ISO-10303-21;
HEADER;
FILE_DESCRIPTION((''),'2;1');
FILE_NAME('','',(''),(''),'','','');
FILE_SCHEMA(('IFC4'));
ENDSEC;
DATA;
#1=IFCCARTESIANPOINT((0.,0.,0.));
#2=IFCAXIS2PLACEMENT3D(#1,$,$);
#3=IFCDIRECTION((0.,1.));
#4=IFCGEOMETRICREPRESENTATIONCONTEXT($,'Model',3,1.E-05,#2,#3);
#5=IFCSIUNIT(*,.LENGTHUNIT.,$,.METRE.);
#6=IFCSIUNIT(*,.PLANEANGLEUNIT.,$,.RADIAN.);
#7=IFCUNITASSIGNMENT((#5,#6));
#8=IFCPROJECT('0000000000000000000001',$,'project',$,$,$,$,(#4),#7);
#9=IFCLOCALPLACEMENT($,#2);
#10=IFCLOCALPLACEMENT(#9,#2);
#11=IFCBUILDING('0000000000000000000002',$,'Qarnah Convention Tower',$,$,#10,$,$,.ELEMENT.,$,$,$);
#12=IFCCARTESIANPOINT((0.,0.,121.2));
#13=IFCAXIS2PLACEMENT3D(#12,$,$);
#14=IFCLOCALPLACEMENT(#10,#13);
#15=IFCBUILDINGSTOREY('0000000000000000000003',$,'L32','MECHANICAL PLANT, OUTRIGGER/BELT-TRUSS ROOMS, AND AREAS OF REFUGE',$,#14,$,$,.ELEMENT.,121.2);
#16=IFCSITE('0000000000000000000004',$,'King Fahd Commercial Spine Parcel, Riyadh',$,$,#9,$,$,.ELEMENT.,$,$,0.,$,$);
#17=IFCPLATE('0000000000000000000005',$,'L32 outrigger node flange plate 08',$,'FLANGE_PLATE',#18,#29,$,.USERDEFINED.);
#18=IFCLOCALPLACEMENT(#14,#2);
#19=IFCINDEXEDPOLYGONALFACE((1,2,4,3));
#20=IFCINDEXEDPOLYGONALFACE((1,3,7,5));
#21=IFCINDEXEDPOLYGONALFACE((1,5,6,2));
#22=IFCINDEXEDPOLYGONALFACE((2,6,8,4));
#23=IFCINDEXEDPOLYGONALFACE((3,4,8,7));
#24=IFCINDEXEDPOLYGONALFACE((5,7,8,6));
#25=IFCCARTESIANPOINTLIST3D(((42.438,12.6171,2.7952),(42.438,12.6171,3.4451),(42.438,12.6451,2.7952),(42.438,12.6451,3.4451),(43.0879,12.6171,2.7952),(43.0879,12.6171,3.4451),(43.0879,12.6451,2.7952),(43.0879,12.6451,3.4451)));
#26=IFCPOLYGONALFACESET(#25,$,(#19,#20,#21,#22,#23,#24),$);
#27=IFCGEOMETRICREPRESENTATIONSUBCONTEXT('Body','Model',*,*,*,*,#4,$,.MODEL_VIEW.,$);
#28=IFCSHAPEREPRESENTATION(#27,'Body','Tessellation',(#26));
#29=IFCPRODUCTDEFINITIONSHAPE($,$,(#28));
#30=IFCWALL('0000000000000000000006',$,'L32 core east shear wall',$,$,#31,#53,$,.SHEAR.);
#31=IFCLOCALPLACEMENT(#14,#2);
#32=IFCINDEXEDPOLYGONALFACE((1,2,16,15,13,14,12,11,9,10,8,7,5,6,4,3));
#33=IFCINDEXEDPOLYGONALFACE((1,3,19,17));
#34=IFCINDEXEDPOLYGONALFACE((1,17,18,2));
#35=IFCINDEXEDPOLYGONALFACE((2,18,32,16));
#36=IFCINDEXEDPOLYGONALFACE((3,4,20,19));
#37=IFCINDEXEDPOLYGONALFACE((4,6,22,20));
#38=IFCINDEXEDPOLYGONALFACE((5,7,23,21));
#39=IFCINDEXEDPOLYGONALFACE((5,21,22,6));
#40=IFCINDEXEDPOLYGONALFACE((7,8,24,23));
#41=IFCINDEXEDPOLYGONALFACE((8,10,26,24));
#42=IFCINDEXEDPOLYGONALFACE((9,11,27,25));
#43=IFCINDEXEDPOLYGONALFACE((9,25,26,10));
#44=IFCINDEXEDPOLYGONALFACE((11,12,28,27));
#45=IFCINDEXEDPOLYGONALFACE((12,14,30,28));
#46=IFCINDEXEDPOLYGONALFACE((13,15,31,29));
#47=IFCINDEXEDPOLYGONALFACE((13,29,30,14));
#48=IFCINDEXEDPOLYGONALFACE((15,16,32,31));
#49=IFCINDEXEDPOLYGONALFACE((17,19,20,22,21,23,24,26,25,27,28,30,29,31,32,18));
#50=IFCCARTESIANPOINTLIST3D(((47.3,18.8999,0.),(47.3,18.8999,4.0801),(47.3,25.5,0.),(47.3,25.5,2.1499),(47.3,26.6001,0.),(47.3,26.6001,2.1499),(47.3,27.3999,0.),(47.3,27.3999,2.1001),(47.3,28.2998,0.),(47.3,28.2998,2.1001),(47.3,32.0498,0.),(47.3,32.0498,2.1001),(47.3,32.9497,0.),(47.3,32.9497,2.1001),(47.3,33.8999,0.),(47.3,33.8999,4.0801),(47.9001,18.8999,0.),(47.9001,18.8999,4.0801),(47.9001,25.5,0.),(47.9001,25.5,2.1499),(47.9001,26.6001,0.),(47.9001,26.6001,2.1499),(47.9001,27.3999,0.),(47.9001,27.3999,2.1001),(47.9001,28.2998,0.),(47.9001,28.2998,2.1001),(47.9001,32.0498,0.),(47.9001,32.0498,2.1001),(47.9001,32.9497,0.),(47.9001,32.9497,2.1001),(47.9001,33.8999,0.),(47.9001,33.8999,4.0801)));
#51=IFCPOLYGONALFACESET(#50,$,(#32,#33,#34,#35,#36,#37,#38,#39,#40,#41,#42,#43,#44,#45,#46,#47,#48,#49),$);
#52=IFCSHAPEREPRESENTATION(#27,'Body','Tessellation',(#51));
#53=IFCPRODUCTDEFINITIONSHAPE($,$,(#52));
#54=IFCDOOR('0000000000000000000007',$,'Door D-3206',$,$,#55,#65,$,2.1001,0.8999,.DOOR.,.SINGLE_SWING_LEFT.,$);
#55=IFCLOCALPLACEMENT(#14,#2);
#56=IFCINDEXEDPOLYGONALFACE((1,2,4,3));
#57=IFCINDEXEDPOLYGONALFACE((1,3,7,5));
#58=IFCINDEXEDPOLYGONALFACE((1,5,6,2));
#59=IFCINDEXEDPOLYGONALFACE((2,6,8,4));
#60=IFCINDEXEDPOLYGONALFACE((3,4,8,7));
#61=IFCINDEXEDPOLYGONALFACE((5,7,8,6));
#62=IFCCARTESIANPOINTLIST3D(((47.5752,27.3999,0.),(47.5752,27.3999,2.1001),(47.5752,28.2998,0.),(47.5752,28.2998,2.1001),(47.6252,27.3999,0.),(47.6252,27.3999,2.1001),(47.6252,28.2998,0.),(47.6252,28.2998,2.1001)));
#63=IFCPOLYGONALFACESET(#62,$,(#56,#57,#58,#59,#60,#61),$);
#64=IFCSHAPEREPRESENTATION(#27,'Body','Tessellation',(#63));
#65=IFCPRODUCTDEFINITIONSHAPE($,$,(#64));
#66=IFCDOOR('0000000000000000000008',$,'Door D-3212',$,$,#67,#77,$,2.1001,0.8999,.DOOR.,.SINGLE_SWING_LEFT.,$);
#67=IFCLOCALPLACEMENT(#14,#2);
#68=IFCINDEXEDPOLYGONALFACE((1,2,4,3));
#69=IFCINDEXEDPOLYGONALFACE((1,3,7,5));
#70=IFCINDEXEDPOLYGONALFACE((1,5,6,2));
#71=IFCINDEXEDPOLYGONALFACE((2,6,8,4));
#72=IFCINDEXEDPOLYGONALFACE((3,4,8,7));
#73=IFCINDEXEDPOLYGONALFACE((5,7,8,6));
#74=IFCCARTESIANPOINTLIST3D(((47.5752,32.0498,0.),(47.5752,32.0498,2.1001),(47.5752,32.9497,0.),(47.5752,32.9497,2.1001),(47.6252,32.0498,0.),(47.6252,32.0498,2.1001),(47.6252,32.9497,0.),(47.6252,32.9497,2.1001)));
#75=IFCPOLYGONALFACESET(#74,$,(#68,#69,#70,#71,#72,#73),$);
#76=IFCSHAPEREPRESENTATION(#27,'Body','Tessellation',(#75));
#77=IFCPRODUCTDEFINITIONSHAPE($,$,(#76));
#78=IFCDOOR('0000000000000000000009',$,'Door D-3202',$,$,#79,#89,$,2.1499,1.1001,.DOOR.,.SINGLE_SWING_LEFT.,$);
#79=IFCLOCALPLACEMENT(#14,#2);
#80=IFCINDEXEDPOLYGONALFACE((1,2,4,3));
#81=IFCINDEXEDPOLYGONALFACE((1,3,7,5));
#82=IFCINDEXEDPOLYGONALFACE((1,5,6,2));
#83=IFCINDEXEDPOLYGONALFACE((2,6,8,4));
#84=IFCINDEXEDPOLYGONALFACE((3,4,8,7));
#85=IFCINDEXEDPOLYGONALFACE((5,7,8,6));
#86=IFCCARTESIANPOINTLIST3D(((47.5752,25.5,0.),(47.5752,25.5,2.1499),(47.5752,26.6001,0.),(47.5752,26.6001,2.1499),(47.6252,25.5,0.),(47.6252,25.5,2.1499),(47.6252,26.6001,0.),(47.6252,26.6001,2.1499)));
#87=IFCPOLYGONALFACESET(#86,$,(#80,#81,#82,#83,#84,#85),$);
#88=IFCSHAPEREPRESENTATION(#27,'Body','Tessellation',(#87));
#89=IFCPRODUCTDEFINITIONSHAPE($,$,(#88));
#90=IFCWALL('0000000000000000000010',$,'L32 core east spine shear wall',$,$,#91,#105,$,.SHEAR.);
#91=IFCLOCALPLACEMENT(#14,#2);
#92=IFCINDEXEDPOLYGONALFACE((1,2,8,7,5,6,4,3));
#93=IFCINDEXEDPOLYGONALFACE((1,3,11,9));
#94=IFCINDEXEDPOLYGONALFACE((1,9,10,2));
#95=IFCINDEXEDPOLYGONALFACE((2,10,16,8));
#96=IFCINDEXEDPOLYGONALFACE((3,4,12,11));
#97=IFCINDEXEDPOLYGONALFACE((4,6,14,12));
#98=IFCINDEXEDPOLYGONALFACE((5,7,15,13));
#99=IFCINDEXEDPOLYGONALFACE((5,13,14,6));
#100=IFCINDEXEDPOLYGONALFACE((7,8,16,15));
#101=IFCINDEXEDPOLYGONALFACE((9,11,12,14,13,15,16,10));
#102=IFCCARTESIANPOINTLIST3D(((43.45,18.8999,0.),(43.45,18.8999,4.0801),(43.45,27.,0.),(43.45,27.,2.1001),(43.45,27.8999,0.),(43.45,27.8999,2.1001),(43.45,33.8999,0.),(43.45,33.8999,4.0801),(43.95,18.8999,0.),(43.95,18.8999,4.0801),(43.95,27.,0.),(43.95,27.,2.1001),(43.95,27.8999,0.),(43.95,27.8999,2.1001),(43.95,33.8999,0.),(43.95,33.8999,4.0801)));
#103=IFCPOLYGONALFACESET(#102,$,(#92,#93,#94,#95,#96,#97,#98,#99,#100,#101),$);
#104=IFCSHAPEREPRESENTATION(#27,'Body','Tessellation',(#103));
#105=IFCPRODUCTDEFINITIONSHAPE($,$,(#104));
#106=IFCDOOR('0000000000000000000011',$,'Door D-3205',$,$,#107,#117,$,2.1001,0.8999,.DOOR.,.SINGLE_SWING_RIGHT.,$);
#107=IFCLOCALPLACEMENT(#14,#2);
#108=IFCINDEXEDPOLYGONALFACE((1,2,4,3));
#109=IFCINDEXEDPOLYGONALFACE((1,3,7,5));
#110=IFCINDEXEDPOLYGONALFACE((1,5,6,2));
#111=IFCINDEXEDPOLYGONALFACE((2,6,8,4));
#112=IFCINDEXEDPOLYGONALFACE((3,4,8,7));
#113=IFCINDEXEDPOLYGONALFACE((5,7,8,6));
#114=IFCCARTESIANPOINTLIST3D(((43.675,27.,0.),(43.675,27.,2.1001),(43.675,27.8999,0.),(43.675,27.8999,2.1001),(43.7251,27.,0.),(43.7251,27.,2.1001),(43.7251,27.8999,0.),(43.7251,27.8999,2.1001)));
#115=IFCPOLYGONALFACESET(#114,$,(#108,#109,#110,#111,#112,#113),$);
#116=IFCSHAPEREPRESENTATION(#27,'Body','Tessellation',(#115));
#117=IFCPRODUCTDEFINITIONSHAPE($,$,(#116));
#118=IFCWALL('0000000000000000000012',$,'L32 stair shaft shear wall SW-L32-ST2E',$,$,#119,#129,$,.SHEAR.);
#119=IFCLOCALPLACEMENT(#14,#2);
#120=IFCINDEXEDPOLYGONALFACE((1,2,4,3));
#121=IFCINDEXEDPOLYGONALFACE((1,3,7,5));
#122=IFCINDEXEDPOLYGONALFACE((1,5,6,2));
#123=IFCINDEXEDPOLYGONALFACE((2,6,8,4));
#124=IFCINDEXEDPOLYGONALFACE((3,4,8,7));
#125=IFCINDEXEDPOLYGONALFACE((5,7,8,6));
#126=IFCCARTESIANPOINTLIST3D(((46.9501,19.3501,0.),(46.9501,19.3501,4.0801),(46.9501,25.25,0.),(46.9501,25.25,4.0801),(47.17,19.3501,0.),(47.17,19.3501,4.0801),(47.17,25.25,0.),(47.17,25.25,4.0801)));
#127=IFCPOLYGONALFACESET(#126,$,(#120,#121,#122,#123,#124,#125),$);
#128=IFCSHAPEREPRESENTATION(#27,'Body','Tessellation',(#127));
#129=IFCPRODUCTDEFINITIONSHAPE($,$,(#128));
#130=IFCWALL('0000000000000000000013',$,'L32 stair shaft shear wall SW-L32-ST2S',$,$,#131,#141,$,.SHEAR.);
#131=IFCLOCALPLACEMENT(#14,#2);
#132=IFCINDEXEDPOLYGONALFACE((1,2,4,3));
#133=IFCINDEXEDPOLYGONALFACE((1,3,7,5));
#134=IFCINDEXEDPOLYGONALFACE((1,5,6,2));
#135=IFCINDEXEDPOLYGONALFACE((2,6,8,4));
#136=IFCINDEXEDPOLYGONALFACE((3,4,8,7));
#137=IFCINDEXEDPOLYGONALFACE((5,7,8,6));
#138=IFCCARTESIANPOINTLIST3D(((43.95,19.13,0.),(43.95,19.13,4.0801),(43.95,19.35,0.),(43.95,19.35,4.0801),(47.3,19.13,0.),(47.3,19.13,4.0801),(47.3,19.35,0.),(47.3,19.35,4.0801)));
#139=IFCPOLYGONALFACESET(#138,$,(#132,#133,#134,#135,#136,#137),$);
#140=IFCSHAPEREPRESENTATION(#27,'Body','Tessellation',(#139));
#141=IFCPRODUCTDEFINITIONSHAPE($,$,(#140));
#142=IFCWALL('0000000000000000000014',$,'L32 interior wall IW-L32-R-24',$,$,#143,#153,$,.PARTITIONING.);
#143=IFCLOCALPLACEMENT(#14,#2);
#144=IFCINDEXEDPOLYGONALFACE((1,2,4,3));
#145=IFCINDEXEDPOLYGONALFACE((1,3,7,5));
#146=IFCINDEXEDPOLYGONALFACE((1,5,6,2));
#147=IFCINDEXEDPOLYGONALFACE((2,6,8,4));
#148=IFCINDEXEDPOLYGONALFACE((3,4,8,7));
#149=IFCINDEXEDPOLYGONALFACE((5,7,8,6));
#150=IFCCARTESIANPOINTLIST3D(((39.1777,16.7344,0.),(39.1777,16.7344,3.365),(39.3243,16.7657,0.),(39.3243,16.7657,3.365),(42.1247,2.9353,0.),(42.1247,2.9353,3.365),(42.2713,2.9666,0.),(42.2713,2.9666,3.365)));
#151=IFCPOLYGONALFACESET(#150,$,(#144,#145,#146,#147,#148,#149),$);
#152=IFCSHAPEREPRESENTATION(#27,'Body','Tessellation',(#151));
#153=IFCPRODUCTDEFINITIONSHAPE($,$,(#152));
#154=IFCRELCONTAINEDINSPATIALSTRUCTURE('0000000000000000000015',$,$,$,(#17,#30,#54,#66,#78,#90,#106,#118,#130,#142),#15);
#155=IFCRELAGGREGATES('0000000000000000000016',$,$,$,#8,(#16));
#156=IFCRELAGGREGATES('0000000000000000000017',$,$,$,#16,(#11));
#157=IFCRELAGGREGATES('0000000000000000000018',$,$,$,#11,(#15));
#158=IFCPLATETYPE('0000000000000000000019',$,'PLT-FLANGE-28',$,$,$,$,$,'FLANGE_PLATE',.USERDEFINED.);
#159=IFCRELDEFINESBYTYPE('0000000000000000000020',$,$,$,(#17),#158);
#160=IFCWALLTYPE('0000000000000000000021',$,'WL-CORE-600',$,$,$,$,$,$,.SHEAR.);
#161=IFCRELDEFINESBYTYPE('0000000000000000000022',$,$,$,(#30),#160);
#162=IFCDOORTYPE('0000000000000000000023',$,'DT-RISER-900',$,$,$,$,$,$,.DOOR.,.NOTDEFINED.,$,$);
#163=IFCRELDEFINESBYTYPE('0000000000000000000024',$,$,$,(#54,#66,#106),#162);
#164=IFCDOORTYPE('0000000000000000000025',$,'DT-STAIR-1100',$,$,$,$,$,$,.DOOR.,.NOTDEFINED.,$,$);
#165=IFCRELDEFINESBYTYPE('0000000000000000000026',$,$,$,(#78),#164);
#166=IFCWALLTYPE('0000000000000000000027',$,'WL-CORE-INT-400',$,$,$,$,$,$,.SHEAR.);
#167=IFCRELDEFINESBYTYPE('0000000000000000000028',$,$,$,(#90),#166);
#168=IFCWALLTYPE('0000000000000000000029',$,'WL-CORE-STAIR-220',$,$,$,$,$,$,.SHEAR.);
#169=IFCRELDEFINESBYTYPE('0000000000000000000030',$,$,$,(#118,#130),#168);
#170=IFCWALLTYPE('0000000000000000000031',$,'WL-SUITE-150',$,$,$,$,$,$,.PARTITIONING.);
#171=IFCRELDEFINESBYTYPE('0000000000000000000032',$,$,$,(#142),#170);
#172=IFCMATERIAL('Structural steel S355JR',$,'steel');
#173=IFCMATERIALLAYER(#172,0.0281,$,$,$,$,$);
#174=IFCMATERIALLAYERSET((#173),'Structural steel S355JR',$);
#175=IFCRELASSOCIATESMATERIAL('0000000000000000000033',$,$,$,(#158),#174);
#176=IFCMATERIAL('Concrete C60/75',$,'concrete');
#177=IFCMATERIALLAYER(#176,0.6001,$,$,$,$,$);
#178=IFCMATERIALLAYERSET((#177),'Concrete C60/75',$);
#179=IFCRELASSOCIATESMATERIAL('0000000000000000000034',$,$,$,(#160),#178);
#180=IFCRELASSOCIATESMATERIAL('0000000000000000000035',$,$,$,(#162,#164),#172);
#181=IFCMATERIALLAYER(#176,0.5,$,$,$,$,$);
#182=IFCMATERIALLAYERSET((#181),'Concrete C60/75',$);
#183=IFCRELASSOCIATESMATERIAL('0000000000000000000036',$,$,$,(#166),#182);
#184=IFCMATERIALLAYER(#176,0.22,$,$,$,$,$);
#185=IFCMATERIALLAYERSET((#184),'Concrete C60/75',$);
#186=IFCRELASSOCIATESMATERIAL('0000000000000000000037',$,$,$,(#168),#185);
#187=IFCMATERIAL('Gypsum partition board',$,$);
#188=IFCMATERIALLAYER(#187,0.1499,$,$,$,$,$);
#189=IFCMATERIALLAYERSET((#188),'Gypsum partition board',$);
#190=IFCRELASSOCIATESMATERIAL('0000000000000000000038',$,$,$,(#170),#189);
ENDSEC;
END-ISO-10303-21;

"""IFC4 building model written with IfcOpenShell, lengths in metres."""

from ifc_helpers import new_model, si_unit, direction, frame, frame_2d, origin, origin_2d, place, context, subcontext, project, spatial, rectangle, extrude, material, layer, layer_set, type_object, element, fill, save


model = new_model("IFC4")

# Units and contexts
model_context = context("Model", 3, precision=1e-05, world=origin(), true_north=direction((0.0, 1.0)))
body_context = subcontext(model_context, "Body", "Model", "MODEL_VIEW")
ifc_project = project(units=[si_unit("LENGTHUNIT", "METRE"), si_unit("PLANEANGLEUNIT", "RADIAN")], contexts=[model_context])

# Site, building, storey
site_placement = place(None, origin())
site = spatial("IfcSite", under=ifc_project, at=site_placement, Name="King Fahd Commercial Spine Parcel, Riyadh", CompositionType="ELEMENT", RefElevation=0.0)
building_placement = place(site_placement, origin())
building = spatial("IfcBuilding", under=site, at=building_placement, Name="Qarnah Convention Tower", CompositionType="ELEMENT")
storey_placement = place(building_placement, frame((0.0, 0.0, 121.2)))
storey = spatial("IfcBuildingStorey", under=building, at=storey_placement, Name="L32", Description="MECHANICAL PLANT, OUTRIGGER/BELT-TRUSS ROOMS, AND AREAS OF REFUGE", CompositionType="ELEMENT", Elevation=121.2)

# Shared definitions
ifc_material_1 = material(Name="Concrete C60/75", Category="concrete")

# Shared definitions
ifc_material_2 = material(Name="Structural steel S355JR", Category="steel")

# Plate
ifc_layer_1 = layer(ifc_material_2, 0.0281)
ifc_layer_set_1 = layer_set([ifc_layer_1], Name="Structural steel S355JR")
plate_type = type_object("IfcPlateType", Name="PLT-FLANGE-28", ElementType="FLANGE_PLATE", PredefinedType="USERDEFINED", material=ifc_layer_set_1)
plate_placement = place(storey_placement, frame((42.7629, 12.6311, 2.7952), z_axis=(0.0, 0.0, 1.0), x_axis=(1.0, 0.0, 0.0)))
element("IfcPlate", 1, at=plate_placement, inside=storey, type_object=plate_type, Name="L32 outrigger node flange plate 08", ObjectType="FLANGE_PLATE", PredefinedType="USERDEFINED", context=body_context, shape_type="SweptSolid", body=[
    extrude(rectangle(XDim=0.6499, YDim=0.0281, at=origin_2d()), origin(), (0.0, 0.0, 1.0), 0.6499),
])

# Wall, openings, doors
ifc_layer_2 = layer(ifc_material_1, 0.6001)
ifc_layer_set_2 = layer_set([ifc_layer_2], Name="Concrete C60/75")
wall_type_1 = type_object("IfcWallType", Name="WL-CORE-600", PredefinedType="SHEAR", material=ifc_layer_set_2)
wall_1_placement = place(storey_placement, frame((47.6001, 18.8999, 0.0), z_axis=(0.0, 0.0, 1.0), x_axis=(0.0, 1.0, 0.0)))
wall_1 = element("IfcWall", 2, at=wall_1_placement, inside=storey, type_object=wall_type_1, Name="L32 core east shear wall", PredefinedType="SHEAR", context=body_context, shape_type="SweptSolid", body=[
    extrude(rectangle(XDim=15.0, YDim=0.6001, at=frame_2d((7.5, 0.0))), origin(), (0.0, 0.0, 1.0), 4.0801),
])
opening_1_placement = place(wall_1_placement, frame((6.6001, 0.0, 0.0)))
opening_1 = element("IfcOpeningElement", 3, at=opening_1_placement, cuts=wall_1, PredefinedType="OPENING", context=body_context, shape_type="SweptSolid", body=[
    extrude(rectangle(XDim=1.1001, YDim=2.1499, at=frame_2d((0.55, 1.075))), frame((0.0, 0.3101, 0.0), z_axis=(0.0, -1.0, 0.0), x_axis=(1.0, 0.0, 0.0)), (0.0, 0.0, 1.0), 0.6201),
])
opening_2_placement = place(wall_1_placement, frame((8.5, 0.0, 0.0)))
opening_2 = element("IfcOpeningElement", 4, at=opening_2_placement, cuts=wall_1, PredefinedType="OPENING", context=body_context, shape_type="SweptSolid", body=[
    extrude(rectangle(XDim=0.8999, YDim=2.1001, at=frame_2d((0.45, 1.05))), frame((0.0, 0.3101, 0.0), z_axis=(0.0, -1.0, 0.0), x_axis=(1.0, 0.0, 0.0)), (0.0, 0.0, 1.0), 0.6201),
])
opening_3_placement = place(wall_1_placement, frame((13.1499, 0.0, 0.0)))
opening_3 = element("IfcOpeningElement", 5, at=opening_3_placement, cuts=wall_1, PredefinedType="OPENING", context=body_context, shape_type="SweptSolid", body=[
    extrude(rectangle(XDim=0.8999, YDim=2.1001, at=frame_2d((0.45, 1.05))), frame((0.0, 0.3101, 0.0), z_axis=(0.0, -1.0, 0.0), x_axis=(1.0, 0.0, 0.0)), (0.0, 0.0, 1.0), 0.6201),
])
door_type_1 = type_object("IfcDoorType", Name="DT-RISER-900", OperationType="NOTDEFINED", PredefinedType="DOOR", material=ifc_material_2)
door_1_placement = place(opening_2_placement, origin())
door_1 = element("IfcDoor", 6, at=door_1_placement, inside=storey, type_object=door_type_1, Name="Door D-3206", OperationType="SINGLE_SWING_LEFT", OverallHeight=2.1001, OverallWidth=0.8999, PredefinedType="DOOR", context=body_context, shape_type="SweptSolid", body=[
    extrude(rectangle(XDim=0.8999, YDim=2.1001, at=frame_2d((0.45, 1.05))), frame((0.0, 0.0249, 0.0), z_axis=(0.0, -1.0, 0.0), x_axis=(1.0, 0.0, 0.0)), (0.0, 0.0, 1.0), 0.05),
])
fill(opening_2, door_1)
door_2_placement = place(opening_3_placement, origin())
door_2 = element("IfcDoor", 7, at=door_2_placement, inside=storey, type_object=door_type_1, Name="Door D-3212", OperationType="SINGLE_SWING_LEFT", OverallHeight=2.1001, OverallWidth=0.8999, PredefinedType="DOOR", context=body_context, shape_type="SweptSolid", body=[
    extrude(rectangle(XDim=0.8999, YDim=2.1001, at=frame_2d((0.45, 1.05))), frame((0.0, 0.0249, 0.0), z_axis=(0.0, -1.0, 0.0), x_axis=(1.0, 0.0, 0.0)), (0.0, 0.0, 1.0), 0.05),
])
fill(opening_3, door_2)
door_type_2 = type_object("IfcDoorType", Name="DT-STAIR-1100", OperationType="NOTDEFINED", PredefinedType="DOOR", material=ifc_material_2)
door_3_placement = place(opening_1_placement, origin())
door_3 = element("IfcDoor", 8, at=door_3_placement, inside=storey, type_object=door_type_2, Name="Door D-3202", OperationType="SINGLE_SWING_LEFT", OverallHeight=2.1499, OverallWidth=1.1001, PredefinedType="DOOR", context=body_context, shape_type="SweptSolid", body=[
    extrude(rectangle(XDim=1.1001, YDim=2.1499, at=frame_2d((0.55, 1.075))), frame((0.0, 0.0249, 0.0), z_axis=(0.0, -1.0, 0.0), x_axis=(1.0, 0.0, 0.0)), (0.0, 0.0, 1.0), 0.05),
])
fill(opening_1, door_3)

# Wall, opening, door
ifc_layer_3 = layer(ifc_material_1, 0.5)
ifc_layer_set_3 = layer_set([ifc_layer_3], Name="Concrete C60/75")
wall_type_2 = type_object("IfcWallType", Name="WL-CORE-INT-400", PredefinedType="SHEAR", material=ifc_layer_set_3)
wall_2_placement = place(storey_placement, frame((43.7, 18.8999, 0.0), z_axis=(0.0, 0.0, 1.0), x_axis=(0.0, 1.0, 0.0)))
wall_2 = element("IfcWall", 9, at=wall_2_placement, inside=storey, type_object=wall_type_2, Name="L32 core east spine shear wall", PredefinedType="SHEAR", context=body_context, shape_type="SweptSolid", body=[
    extrude(rectangle(XDim=15.0, YDim=0.5, at=frame_2d((7.5, 0.0))), origin(), (0.0, 0.0, 1.0), 4.0801),
])
opening_4_placement = place(wall_2_placement, frame((8.1001, 0.0, 0.0)))
opening_4 = element("IfcOpeningElement", 10, at=opening_4_placement, cuts=wall_2, PredefinedType="OPENING", context=body_context, shape_type="SweptSolid", body=[
    extrude(rectangle(XDim=0.8999, YDim=2.1001, at=frame_2d((0.45, 1.05))), frame((0.0, 0.26, 0.0), z_axis=(0.0, -1.0, 0.0), x_axis=(1.0, 0.0, 0.0)), (0.0, 0.0, 1.0), 0.52),
])
door_4_placement = place(opening_4_placement, origin())
door_4 = element("IfcDoor", 11, at=door_4_placement, inside=storey, type_object=door_type_1, Name="Door D-3205", OperationType="SINGLE_SWING_RIGHT", OverallHeight=2.1001, OverallWidth=0.8999, PredefinedType="DOOR", context=body_context, shape_type="SweptSolid", body=[
    extrude(rectangle(XDim=0.8999, YDim=2.1001, at=frame_2d((0.45, 1.05))), frame((0.0, 0.0249, 0.0), z_axis=(0.0, -1.0, 0.0), x_axis=(1.0, 0.0, 0.0)), (0.0, 0.0, 1.0), 0.05),
])
fill(opening_4, door_4)

# Walls
ifc_layer_4 = layer(ifc_material_1, 0.22)
ifc_layer_set_4 = layer_set([ifc_layer_4], Name="Concrete C60/75")
wall_type_3 = type_object("IfcWallType", Name="WL-CORE-STAIR-220", PredefinedType="SHEAR", material=ifc_layer_set_4)
wall_3_placement = place(storey_placement, frame((47.0601, 19.3501, 0.0), z_axis=(0.0, 0.0, 1.0), x_axis=(0.0, 1.0, 0.0)))
element("IfcWall", 12, at=wall_3_placement, inside=storey, type_object=wall_type_3, Name="L32 stair shaft shear wall SW-L32-ST2E", PredefinedType="SHEAR", context=body_context, shape_type="SweptSolid", body=[
    extrude(rectangle(XDim=5.8999, YDim=0.22, at=frame_2d((2.95, 0.0))), origin(), (0.0, 0.0, 1.0), 4.0801),
])
wall_4_placement = place(storey_placement, frame((43.95, 19.24, 0.0), z_axis=(0.0, 0.0, 1.0), x_axis=(1.0, 0.0, 0.0)))
element("IfcWall", 13, at=wall_4_placement, inside=storey, type_object=wall_type_3, Name="L32 stair shaft shear wall SW-L32-ST2S", PredefinedType="SHEAR", context=body_context, shape_type="SweptSolid", body=[
    extrude(rectangle(XDim=3.3501, YDim=0.22, at=frame_2d((1.675, 0.0))), origin(), (0.0, 0.0, 1.0), 4.0801),
])
ifc_material_3 = material(Name="Gypsum partition board")
ifc_layer_5 = layer(ifc_material_3, 0.1499)
ifc_layer_set_5 = layer_set([ifc_layer_5], Name="Gypsum partition board")
wall_type_4 = type_object("IfcWallType", Name="WL-SUITE-150", PredefinedType="PARTITIONING", material=ifc_layer_set_5)
wall_5_placement = place(storey_placement, frame((42.198, 2.9509, 0.0), z_axis=(0.0, 0.0, 1.0), x_axis=(-0.208857, 0.977946, 0.0)))
element("IfcWall", 14, at=wall_5_placement, inside=storey, type_object=wall_type_4, Name="L32 interior wall IW-L32-R-24", PredefinedType="PARTITIONING", context=body_context, shape_type="SweptSolid", body=[
    extrude(rectangle(XDim=14.1104, YDim=0.1499, at=frame_2d((7.0552, 0.0))), origin(), (0.0, 0.0, 1.0), 3.365),
])

save(model, "model.ifc")
